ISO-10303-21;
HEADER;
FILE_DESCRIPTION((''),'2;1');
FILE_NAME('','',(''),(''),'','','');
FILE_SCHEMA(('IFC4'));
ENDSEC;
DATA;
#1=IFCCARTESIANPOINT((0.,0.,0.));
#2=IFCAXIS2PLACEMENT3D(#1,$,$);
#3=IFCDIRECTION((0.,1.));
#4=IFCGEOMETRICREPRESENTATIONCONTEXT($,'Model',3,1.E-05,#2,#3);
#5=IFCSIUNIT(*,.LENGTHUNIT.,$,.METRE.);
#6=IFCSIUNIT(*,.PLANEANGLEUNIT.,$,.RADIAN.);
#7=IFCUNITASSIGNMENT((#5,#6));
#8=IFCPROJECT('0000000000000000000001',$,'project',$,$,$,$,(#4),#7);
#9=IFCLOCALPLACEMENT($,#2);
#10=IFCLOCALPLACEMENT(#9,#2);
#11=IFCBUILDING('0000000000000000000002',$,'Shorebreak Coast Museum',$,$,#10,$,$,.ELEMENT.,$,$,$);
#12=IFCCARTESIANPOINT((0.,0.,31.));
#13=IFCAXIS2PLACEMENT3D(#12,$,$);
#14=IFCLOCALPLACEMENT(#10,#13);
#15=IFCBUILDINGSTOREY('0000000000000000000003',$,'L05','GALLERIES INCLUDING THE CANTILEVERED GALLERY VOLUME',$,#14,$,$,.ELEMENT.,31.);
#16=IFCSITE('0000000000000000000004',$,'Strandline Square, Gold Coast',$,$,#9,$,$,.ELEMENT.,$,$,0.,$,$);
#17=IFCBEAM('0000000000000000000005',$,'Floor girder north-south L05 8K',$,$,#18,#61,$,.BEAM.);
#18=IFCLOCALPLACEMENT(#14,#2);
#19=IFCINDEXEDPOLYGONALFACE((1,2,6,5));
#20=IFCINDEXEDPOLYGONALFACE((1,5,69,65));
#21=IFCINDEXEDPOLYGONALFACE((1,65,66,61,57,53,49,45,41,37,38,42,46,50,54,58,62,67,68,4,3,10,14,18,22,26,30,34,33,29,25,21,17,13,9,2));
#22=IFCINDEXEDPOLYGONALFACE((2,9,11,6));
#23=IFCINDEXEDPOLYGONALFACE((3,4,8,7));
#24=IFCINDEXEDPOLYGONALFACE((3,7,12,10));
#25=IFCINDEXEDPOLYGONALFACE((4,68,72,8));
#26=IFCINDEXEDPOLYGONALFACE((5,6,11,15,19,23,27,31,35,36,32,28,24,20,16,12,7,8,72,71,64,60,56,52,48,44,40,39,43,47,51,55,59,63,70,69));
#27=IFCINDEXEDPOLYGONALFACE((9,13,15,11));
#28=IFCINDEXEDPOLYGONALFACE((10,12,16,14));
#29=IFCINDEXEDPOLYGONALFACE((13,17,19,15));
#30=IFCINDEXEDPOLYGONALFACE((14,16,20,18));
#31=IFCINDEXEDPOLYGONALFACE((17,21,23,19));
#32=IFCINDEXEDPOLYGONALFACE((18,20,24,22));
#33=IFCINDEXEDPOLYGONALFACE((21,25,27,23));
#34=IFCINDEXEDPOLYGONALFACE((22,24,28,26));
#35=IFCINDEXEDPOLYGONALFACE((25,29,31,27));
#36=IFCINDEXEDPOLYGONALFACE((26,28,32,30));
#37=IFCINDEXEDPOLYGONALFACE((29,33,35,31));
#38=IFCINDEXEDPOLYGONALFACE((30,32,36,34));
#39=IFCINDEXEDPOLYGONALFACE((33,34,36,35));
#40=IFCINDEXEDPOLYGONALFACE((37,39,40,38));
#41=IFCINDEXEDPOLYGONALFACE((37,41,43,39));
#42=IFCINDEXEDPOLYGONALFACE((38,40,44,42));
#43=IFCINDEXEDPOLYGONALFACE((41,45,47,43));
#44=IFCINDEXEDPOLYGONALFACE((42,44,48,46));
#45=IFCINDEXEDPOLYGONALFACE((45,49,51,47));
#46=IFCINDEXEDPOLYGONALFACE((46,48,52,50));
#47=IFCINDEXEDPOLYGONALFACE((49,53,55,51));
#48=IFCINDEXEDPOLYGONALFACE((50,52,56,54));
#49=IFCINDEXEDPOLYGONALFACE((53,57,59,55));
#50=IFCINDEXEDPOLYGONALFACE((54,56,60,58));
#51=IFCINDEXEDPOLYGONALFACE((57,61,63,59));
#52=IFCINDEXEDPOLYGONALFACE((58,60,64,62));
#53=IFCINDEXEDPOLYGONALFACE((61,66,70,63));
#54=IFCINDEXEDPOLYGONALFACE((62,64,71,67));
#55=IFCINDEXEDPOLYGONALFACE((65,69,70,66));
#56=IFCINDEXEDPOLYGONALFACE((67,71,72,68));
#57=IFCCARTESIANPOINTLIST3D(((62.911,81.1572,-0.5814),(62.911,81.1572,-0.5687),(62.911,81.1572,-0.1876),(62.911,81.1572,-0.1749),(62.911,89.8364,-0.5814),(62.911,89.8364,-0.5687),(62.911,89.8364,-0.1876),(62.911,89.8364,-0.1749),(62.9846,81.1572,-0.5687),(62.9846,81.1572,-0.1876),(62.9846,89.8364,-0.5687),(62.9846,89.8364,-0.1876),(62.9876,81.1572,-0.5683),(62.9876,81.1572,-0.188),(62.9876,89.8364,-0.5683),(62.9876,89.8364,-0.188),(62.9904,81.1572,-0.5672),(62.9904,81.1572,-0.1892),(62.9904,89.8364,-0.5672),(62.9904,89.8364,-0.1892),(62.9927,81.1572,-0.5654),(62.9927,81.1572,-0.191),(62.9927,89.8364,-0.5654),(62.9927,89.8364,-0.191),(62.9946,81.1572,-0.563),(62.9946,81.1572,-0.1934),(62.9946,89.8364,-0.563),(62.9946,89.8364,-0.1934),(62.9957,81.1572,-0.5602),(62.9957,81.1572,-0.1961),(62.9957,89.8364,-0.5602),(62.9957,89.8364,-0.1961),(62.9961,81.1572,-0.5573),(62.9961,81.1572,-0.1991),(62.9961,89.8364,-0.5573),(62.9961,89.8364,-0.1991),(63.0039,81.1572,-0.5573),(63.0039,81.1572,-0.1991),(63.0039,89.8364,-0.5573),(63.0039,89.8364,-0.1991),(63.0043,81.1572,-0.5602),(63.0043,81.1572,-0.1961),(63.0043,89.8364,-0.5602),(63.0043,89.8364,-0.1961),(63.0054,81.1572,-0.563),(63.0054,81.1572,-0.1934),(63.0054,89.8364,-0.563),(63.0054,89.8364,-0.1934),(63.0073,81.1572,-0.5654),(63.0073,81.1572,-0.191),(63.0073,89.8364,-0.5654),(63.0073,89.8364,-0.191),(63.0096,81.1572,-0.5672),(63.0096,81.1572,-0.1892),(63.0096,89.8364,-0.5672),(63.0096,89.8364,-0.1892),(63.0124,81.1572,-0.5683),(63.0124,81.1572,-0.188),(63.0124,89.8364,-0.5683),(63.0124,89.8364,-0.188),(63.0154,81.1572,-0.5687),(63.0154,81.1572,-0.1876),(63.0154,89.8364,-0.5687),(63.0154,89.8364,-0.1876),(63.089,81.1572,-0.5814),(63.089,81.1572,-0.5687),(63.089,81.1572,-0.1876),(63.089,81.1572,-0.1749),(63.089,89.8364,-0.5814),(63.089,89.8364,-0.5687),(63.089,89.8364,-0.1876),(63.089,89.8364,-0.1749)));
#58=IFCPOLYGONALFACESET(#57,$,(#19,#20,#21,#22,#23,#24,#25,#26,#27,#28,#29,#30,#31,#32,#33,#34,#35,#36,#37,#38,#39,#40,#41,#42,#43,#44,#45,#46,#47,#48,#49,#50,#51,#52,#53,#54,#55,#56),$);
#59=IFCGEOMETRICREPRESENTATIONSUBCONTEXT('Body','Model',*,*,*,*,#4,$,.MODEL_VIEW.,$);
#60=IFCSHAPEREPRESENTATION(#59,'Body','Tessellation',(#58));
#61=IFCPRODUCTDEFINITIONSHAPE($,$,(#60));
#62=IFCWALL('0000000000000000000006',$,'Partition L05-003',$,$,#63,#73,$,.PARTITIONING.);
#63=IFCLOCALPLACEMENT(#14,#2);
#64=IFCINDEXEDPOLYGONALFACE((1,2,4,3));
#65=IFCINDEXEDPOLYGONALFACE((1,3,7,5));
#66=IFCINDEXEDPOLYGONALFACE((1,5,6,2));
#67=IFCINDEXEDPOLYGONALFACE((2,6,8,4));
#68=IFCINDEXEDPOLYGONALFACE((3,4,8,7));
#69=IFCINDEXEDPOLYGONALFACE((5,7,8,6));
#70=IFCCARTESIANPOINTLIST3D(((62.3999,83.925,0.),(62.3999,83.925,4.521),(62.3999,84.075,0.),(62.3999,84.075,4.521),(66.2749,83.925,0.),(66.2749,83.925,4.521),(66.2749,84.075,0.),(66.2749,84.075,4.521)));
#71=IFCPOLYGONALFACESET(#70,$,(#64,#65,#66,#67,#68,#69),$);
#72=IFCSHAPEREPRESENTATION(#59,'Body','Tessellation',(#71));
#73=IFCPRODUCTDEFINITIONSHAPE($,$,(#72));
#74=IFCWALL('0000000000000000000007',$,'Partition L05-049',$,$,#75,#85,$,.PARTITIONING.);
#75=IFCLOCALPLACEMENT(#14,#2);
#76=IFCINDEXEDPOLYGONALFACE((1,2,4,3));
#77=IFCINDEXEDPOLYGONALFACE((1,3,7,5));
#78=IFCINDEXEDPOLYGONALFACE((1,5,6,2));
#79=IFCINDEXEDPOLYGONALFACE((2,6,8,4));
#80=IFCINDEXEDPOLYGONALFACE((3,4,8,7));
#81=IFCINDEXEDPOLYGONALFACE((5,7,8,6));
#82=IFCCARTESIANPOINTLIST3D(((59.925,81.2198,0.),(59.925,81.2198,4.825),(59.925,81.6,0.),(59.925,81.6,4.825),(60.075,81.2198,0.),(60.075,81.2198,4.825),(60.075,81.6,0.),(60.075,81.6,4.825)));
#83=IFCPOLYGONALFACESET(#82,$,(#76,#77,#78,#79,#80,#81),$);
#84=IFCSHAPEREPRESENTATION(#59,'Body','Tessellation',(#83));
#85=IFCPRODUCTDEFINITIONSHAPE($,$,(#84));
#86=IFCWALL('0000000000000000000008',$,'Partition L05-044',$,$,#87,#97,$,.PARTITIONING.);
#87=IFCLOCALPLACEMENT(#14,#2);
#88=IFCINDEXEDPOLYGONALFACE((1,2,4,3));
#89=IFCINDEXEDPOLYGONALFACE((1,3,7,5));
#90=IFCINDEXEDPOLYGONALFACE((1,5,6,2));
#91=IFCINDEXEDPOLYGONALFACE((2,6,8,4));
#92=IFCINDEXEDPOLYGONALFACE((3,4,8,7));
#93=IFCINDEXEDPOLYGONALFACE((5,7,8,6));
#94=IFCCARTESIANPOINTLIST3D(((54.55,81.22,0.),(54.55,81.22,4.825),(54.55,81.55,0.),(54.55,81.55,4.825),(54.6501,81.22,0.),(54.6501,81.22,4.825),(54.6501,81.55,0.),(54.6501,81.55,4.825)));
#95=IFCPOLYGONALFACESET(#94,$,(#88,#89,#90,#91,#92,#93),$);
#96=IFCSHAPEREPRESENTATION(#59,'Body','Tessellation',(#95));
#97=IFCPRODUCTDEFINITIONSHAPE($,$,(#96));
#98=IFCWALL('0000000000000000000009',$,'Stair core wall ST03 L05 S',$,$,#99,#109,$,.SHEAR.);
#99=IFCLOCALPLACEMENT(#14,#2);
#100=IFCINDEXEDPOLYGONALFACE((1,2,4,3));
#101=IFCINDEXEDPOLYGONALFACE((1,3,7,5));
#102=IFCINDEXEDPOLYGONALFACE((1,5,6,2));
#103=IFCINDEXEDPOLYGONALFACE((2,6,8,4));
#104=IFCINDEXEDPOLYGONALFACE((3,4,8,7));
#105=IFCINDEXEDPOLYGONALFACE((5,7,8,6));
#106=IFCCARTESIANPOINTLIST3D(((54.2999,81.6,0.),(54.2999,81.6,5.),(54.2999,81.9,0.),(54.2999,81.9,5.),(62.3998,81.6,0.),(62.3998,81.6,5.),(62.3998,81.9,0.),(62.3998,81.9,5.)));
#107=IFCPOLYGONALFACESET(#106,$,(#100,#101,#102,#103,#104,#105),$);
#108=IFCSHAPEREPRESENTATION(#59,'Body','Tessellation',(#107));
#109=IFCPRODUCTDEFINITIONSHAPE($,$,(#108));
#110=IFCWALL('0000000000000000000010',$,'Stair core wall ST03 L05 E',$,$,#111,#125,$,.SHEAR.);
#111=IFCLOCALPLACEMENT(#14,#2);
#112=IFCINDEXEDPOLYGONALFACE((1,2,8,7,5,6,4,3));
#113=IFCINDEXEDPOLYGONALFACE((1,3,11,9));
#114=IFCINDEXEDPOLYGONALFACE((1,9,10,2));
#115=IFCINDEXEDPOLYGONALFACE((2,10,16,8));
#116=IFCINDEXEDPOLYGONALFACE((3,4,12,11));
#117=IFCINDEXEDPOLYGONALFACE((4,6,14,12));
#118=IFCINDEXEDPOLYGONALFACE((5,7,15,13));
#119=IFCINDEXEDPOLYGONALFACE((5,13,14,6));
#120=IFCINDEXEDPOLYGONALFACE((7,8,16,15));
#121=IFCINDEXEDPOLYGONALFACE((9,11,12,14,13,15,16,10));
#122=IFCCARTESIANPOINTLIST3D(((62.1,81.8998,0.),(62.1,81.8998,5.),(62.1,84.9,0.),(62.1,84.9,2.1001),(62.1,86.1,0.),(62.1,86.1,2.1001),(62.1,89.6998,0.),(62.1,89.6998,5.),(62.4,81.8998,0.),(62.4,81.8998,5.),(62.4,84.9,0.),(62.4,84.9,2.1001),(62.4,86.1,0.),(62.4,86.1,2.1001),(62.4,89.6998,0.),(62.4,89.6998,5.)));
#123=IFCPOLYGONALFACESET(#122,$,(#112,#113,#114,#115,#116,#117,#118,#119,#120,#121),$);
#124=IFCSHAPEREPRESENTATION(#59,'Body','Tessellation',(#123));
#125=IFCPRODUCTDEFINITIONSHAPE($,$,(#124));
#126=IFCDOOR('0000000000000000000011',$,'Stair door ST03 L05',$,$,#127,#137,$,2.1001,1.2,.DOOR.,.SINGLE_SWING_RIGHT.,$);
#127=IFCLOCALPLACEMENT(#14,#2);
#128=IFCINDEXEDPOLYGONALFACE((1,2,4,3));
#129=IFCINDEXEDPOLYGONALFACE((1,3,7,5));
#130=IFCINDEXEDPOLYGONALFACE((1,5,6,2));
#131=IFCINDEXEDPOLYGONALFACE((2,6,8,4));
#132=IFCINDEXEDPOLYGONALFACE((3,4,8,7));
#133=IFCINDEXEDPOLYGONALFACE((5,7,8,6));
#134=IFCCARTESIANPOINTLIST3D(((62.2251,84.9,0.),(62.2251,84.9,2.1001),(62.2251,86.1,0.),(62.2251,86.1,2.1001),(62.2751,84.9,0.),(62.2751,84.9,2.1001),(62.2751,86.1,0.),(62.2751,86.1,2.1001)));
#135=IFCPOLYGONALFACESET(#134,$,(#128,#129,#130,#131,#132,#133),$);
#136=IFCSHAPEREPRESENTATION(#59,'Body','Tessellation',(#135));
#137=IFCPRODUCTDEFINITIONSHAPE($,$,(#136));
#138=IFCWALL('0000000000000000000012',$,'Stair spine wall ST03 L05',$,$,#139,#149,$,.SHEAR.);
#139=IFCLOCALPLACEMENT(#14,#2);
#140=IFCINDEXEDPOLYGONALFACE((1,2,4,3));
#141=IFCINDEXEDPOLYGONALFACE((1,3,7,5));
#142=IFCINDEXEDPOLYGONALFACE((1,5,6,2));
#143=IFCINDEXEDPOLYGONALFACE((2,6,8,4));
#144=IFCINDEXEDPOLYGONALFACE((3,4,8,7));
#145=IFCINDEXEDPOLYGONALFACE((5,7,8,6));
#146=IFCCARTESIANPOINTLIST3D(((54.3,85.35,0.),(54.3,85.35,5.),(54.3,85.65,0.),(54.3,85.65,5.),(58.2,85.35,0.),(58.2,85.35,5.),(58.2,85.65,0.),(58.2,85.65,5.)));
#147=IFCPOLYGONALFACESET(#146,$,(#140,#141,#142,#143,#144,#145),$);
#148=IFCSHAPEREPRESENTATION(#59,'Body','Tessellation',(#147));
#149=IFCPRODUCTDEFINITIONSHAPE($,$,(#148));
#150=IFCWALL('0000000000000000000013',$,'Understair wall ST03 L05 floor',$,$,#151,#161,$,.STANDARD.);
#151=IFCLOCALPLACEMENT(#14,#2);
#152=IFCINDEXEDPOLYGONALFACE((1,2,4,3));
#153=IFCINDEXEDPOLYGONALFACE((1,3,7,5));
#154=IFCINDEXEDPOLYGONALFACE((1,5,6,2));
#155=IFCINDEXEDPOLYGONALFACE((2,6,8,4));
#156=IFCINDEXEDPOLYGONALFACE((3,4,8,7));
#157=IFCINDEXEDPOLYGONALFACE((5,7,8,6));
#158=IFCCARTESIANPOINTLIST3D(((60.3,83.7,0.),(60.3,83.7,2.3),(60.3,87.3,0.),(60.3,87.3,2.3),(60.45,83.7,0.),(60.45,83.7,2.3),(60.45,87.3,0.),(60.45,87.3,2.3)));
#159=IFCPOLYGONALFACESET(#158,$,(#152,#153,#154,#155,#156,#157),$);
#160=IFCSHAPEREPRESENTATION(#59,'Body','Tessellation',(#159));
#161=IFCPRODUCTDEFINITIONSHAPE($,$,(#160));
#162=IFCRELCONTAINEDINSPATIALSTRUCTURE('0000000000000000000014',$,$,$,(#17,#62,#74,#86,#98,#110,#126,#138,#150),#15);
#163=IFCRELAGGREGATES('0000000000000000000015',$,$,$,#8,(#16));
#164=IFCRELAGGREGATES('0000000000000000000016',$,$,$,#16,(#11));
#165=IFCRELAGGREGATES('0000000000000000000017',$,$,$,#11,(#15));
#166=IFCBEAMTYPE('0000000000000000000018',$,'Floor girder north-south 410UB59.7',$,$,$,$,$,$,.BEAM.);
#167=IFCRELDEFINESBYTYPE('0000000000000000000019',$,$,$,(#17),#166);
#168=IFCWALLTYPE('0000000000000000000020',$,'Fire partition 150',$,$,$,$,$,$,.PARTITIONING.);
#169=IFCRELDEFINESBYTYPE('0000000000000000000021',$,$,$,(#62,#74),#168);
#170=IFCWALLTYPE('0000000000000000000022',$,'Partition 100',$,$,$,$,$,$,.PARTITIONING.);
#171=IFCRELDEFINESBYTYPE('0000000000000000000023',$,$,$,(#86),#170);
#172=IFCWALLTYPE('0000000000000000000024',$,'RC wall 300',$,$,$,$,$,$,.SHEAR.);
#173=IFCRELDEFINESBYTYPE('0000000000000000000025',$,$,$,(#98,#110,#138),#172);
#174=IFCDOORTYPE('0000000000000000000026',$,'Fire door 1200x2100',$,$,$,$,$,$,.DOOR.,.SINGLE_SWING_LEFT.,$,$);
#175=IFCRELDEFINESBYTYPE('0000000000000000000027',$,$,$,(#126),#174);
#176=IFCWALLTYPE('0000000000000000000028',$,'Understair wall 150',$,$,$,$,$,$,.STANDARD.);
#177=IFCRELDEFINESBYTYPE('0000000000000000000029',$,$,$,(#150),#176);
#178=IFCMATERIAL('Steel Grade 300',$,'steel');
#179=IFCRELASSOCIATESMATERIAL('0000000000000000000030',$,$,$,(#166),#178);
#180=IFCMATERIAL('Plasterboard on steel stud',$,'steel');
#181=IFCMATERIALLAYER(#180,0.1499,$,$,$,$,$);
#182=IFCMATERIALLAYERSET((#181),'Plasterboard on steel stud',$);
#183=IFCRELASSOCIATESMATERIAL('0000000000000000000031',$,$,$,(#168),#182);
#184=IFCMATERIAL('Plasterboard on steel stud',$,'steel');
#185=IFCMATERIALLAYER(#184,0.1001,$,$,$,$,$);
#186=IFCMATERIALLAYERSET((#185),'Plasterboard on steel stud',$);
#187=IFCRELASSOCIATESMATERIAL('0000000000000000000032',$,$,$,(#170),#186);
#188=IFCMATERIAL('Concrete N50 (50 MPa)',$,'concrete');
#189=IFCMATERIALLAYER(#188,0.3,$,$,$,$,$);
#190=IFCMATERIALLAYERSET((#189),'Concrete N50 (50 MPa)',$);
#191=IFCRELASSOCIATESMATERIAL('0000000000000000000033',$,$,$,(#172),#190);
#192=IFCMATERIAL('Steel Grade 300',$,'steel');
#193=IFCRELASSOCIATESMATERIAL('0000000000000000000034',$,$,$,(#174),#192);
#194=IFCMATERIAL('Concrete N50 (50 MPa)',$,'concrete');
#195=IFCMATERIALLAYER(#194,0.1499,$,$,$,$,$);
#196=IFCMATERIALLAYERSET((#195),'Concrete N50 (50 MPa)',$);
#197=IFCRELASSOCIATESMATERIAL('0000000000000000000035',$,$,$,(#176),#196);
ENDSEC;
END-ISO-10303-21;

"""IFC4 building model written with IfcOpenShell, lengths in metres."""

from ifc_helpers import new_model, si_unit, direction, frame, frame_2d, origin, origin_2d, place, context, subcontext, project, spatial, rectangle, i_section, extrude, material, layer, layer_set, material_profile, profile_set, type_object, element, fill, save


model = new_model("IFC4")

# Units and contexts
model_context = context("Model", 3, precision=1e-05, world=origin(), true_north=direction((0.0, 1.0)))
body_context = subcontext(model_context, "Body", "Model", "MODEL_VIEW")
ifc_project = project(units=[si_unit("LENGTHUNIT", "METRE"), si_unit("PLANEANGLEUNIT", "RADIAN")], contexts=[model_context])

# Site, building, storey
site_placement = place(None, origin())
site = spatial("IfcSite", under=ifc_project, at=site_placement, Name="Strandline Square, Gold Coast", CompositionType="ELEMENT", RefElevation=0.0)
building_placement = place(site_placement, origin())
building = spatial("IfcBuilding", under=site, at=building_placement, Name="Shorebreak Coast Museum", CompositionType="ELEMENT")
storey_placement = place(building_placement, frame((0.0, 0.0, 31.0)))
storey = spatial("IfcBuildingStorey", under=building, at=storey_placement, Name="L05", Description="GALLERIES INCLUDING THE CANTILEVERED GALLERY VOLUME", CompositionType="ELEMENT", Elevation=31.0)

# Beam
ifc_material_1 = material(Name="Steel Grade 300", Category="steel")
ifc_material_profile = material_profile(ifc_material_1, i_section(OverallWidth=0.178, OverallDepth=0.4065, WebThickness=0.0078, FlangeThickness=0.0127, FilletRadius=0.0115, at=origin_2d()), Name="410UB59.7")
ifc_profile_set = profile_set([ifc_material_profile], Name="Steel Grade 300")
beam_type = type_object("IfcBeamType", Name="Floor girder north-south 410UB59.7", PredefinedType="BEAM", material=ifc_profile_set)
beam_placement = place(storey_placement, frame((63.0, 81.1572, -0.3782), z_axis=(0.0, 1.0, 0.0), x_axis=(-1.0, 0.0, 0.0)))
element("IfcBeam", 1, at=beam_placement, inside=storey, type_object=beam_type, Name="Floor girder north-south L05 8K", PredefinedType="BEAM", context=body_context, shape_type="SweptSolid", body=[
    extrude(i_section(OverallWidth=0.178, OverallDepth=0.4065, WebThickness=0.0078, FlangeThickness=0.0127, FilletRadius=0.0115, at=origin_2d()), origin(), (0.0, 0.0, 1.0), 8.6792),
])

# Walls
ifc_material_2 = material(Name="Plasterboard on steel stud", Category="steel")
ifc_layer_1 = layer(ifc_material_2, 0.1499)
ifc_layer_set_1 = layer_set([ifc_layer_1], Name="Plasterboard on steel stud")
wall_type_1 = type_object("IfcWallType", Name="Fire partition 150", PredefinedType="PARTITIONING", material=ifc_layer_set_1)
wall_1_placement = place(storey_placement, frame((62.3999, 84.0, 0.0), z_axis=(0.0, 0.0, 1.0), x_axis=(1.0, 0.0, 0.0)))
element("IfcWall", 2, at=wall_1_placement, inside=storey, type_object=wall_type_1, Name="Partition L05-003", PredefinedType="PARTITIONING", context=body_context, shape_type="SweptSolid", body=[
    extrude(rectangle(XDim=3.875, YDim=0.1499, at=frame_2d((1.9375, 0.0))), origin(), (0.0, 0.0, 1.0), 4.521),
])
wall_2_placement = place(storey_placement, frame((60.0, 81.22, 0.0), z_axis=(0.0, 0.0, 1.0), x_axis=(0.0, 1.0, 0.0)))
element("IfcWall", 3, at=wall_2_placement, inside=storey, type_object=wall_type_1, Name="Partition L05-049", PredefinedType="PARTITIONING", context=body_context, shape_type="SweptSolid", body=[
    extrude(rectangle(XDim=0.3801, YDim=0.1499, at=frame_2d((0.1899, 0.0))), origin(), (0.0, 0.0, 1.0), 4.825),
])
ifc_material_3 = material(Name="Plasterboard on steel stud", Category="steel")
ifc_layer_2 = layer(ifc_material_3, 0.1001)
ifc_layer_set_2 = layer_set([ifc_layer_2], Name="Plasterboard on steel stud")
wall_type_2 = type_object("IfcWallType", Name="Partition 100", PredefinedType="PARTITIONING", material=ifc_layer_set_2)
wall_3_placement = place(storey_placement, frame((54.6001, 81.22, 0.0), z_axis=(0.0, 0.0, 1.0), x_axis=(0.0, 1.0, 0.0)))
element("IfcWall", 4, at=wall_3_placement, inside=storey, type_object=wall_type_2, Name="Partition L05-044", PredefinedType="PARTITIONING", context=body_context, shape_type="SweptSolid", body=[
    extrude(rectangle(XDim=0.3301, YDim=0.1001, at=frame_2d((0.165, 0.0))), origin(), (0.0, 0.0, 1.0), 4.825),
])
ifc_material_4 = material(Name="Concrete N50 (50 MPa)", Category="concrete")
ifc_layer_3 = layer(ifc_material_4, 0.3)
ifc_layer_set_3 = layer_set([ifc_layer_3], Name="Concrete N50 (50 MPa)")
wall_type_3 = type_object("IfcWallType", Name="RC wall 300", PredefinedType="SHEAR", material=ifc_layer_set_3)
wall_4_placement = place(storey_placement, frame((54.3, 81.75, 0.0), z_axis=(0.0, 0.0, 1.0), x_axis=(1.0, 0.0, 0.0)))
element("IfcWall", 5, at=wall_4_placement, inside=storey, type_object=wall_type_3, Name="Stair core wall ST03 L05 S", PredefinedType="SHEAR", context=body_context, shape_type="SweptSolid", body=[
    extrude(rectangle(XDim=8.0999, YDim=0.3, at=frame_2d((4.0498, 0.0))), origin(), (0.0, 0.0, 1.0), 5.0),
])

# Wall, opening, door
wall_5_placement = place(storey_placement, frame((62.25, 81.8999, 0.0), z_axis=(0.0, 0.0, 1.0), x_axis=(0.0, 1.0, 0.0)))
wall_5 = element("IfcWall", 6, at=wall_5_placement, inside=storey, type_object=wall_type_3, Name="Stair core wall ST03 L05 E", PredefinedType="SHEAR", context=body_context, shape_type="SweptSolid", body=[
    extrude(rectangle(XDim=7.8, YDim=0.3, at=frame_2d((3.8999, 0.0))), origin(), (0.0, 0.0, 1.0), 5.0),
])
opening_placement = place(wall_5_placement, frame((3.0, 0.0, 0.0)))
opening = element("IfcOpeningElement", 7, at=opening_placement, cuts=wall_5, PredefinedType="OPENING", context=body_context, shape_type="SweptSolid", body=[
    extrude(rectangle(XDim=1.2, YDim=2.1001, at=frame_2d((0.6001, 1.05))), frame((0.0, 0.1599, 0.0), z_axis=(0.0, -1.0, 0.0), x_axis=(1.0, 0.0, 0.0)), (0.0, 0.0, 1.0), 0.3201),
])
ifc_material_5 = material(Name="Steel Grade 300", Category="steel")
door_type = type_object("IfcDoorType", Name="Fire door 1200x2100", OperationType="SINGLE_SWING_LEFT", PredefinedType="DOOR", material=ifc_material_5)
door_placement = place(opening_placement, origin())
door = element("IfcDoor", 8, at=door_placement, inside=storey, type_object=door_type, Name="Stair door ST03 L05", OperationType="SINGLE_SWING_RIGHT", OverallHeight=2.1001, OverallWidth=1.2, PredefinedType="DOOR", context=body_context, shape_type="SweptSolid", body=[
    extrude(rectangle(XDim=1.2, YDim=2.1001, at=frame_2d((0.6001, 1.05))), frame((0.0, 0.0249, 0.0), z_axis=(0.0, -1.0, 0.0), x_axis=(1.0, 0.0, 0.0)), (0.0, 0.0, 1.0), 0.05),
])
fill(opening, door)

# Walls
wall_6_placement = place(storey_placement, frame((58.2, 85.5, 0.0), z_axis=(0.0, 0.0, 1.0), x_axis=(-1.0, 0.0, 0.0)))
element("IfcWall", 9, at=wall_6_placement, inside=storey, type_object=wall_type_3, Name="Stair spine wall ST03 L05", PredefinedType="SHEAR", context=body_context, shape_type="SweptSolid", body=[
    extrude(rectangle(XDim=3.8999, YDim=0.3, at=frame_2d((1.95, 0.0))), origin(), (0.0, 0.0, 1.0), 5.0),
])
ifc_material_6 = material(Name="Concrete N50 (50 MPa)", Category="concrete")
ifc_layer_4 = layer(ifc_material_6, 0.1499)
ifc_layer_set_4 = layer_set([ifc_layer_4], Name="Concrete N50 (50 MPa)")
wall_type_4 = type_object("IfcWallType", Name="Understair wall 150", PredefinedType="STANDARD", material=ifc_layer_set_4)
wall_7_placement = place(storey_placement, frame((60.375, 83.7, 0.0), z_axis=(0.0, 0.0, 1.0), x_axis=(0.0, 1.0, 0.0)))
element("IfcWall", 10, at=wall_7_placement, inside=storey, type_object=wall_type_4, Name="Understair wall ST03 L05 floor", PredefinedType="STANDARD", context=body_context, shape_type="SweptSolid", body=[
    extrude(rectangle(XDim=3.6001, YDim=0.1499, at=frame_2d((1.8, 0.0))), origin(), (0.0, 0.0, 1.0), 2.3),
])

save(model, "model.ifc")
